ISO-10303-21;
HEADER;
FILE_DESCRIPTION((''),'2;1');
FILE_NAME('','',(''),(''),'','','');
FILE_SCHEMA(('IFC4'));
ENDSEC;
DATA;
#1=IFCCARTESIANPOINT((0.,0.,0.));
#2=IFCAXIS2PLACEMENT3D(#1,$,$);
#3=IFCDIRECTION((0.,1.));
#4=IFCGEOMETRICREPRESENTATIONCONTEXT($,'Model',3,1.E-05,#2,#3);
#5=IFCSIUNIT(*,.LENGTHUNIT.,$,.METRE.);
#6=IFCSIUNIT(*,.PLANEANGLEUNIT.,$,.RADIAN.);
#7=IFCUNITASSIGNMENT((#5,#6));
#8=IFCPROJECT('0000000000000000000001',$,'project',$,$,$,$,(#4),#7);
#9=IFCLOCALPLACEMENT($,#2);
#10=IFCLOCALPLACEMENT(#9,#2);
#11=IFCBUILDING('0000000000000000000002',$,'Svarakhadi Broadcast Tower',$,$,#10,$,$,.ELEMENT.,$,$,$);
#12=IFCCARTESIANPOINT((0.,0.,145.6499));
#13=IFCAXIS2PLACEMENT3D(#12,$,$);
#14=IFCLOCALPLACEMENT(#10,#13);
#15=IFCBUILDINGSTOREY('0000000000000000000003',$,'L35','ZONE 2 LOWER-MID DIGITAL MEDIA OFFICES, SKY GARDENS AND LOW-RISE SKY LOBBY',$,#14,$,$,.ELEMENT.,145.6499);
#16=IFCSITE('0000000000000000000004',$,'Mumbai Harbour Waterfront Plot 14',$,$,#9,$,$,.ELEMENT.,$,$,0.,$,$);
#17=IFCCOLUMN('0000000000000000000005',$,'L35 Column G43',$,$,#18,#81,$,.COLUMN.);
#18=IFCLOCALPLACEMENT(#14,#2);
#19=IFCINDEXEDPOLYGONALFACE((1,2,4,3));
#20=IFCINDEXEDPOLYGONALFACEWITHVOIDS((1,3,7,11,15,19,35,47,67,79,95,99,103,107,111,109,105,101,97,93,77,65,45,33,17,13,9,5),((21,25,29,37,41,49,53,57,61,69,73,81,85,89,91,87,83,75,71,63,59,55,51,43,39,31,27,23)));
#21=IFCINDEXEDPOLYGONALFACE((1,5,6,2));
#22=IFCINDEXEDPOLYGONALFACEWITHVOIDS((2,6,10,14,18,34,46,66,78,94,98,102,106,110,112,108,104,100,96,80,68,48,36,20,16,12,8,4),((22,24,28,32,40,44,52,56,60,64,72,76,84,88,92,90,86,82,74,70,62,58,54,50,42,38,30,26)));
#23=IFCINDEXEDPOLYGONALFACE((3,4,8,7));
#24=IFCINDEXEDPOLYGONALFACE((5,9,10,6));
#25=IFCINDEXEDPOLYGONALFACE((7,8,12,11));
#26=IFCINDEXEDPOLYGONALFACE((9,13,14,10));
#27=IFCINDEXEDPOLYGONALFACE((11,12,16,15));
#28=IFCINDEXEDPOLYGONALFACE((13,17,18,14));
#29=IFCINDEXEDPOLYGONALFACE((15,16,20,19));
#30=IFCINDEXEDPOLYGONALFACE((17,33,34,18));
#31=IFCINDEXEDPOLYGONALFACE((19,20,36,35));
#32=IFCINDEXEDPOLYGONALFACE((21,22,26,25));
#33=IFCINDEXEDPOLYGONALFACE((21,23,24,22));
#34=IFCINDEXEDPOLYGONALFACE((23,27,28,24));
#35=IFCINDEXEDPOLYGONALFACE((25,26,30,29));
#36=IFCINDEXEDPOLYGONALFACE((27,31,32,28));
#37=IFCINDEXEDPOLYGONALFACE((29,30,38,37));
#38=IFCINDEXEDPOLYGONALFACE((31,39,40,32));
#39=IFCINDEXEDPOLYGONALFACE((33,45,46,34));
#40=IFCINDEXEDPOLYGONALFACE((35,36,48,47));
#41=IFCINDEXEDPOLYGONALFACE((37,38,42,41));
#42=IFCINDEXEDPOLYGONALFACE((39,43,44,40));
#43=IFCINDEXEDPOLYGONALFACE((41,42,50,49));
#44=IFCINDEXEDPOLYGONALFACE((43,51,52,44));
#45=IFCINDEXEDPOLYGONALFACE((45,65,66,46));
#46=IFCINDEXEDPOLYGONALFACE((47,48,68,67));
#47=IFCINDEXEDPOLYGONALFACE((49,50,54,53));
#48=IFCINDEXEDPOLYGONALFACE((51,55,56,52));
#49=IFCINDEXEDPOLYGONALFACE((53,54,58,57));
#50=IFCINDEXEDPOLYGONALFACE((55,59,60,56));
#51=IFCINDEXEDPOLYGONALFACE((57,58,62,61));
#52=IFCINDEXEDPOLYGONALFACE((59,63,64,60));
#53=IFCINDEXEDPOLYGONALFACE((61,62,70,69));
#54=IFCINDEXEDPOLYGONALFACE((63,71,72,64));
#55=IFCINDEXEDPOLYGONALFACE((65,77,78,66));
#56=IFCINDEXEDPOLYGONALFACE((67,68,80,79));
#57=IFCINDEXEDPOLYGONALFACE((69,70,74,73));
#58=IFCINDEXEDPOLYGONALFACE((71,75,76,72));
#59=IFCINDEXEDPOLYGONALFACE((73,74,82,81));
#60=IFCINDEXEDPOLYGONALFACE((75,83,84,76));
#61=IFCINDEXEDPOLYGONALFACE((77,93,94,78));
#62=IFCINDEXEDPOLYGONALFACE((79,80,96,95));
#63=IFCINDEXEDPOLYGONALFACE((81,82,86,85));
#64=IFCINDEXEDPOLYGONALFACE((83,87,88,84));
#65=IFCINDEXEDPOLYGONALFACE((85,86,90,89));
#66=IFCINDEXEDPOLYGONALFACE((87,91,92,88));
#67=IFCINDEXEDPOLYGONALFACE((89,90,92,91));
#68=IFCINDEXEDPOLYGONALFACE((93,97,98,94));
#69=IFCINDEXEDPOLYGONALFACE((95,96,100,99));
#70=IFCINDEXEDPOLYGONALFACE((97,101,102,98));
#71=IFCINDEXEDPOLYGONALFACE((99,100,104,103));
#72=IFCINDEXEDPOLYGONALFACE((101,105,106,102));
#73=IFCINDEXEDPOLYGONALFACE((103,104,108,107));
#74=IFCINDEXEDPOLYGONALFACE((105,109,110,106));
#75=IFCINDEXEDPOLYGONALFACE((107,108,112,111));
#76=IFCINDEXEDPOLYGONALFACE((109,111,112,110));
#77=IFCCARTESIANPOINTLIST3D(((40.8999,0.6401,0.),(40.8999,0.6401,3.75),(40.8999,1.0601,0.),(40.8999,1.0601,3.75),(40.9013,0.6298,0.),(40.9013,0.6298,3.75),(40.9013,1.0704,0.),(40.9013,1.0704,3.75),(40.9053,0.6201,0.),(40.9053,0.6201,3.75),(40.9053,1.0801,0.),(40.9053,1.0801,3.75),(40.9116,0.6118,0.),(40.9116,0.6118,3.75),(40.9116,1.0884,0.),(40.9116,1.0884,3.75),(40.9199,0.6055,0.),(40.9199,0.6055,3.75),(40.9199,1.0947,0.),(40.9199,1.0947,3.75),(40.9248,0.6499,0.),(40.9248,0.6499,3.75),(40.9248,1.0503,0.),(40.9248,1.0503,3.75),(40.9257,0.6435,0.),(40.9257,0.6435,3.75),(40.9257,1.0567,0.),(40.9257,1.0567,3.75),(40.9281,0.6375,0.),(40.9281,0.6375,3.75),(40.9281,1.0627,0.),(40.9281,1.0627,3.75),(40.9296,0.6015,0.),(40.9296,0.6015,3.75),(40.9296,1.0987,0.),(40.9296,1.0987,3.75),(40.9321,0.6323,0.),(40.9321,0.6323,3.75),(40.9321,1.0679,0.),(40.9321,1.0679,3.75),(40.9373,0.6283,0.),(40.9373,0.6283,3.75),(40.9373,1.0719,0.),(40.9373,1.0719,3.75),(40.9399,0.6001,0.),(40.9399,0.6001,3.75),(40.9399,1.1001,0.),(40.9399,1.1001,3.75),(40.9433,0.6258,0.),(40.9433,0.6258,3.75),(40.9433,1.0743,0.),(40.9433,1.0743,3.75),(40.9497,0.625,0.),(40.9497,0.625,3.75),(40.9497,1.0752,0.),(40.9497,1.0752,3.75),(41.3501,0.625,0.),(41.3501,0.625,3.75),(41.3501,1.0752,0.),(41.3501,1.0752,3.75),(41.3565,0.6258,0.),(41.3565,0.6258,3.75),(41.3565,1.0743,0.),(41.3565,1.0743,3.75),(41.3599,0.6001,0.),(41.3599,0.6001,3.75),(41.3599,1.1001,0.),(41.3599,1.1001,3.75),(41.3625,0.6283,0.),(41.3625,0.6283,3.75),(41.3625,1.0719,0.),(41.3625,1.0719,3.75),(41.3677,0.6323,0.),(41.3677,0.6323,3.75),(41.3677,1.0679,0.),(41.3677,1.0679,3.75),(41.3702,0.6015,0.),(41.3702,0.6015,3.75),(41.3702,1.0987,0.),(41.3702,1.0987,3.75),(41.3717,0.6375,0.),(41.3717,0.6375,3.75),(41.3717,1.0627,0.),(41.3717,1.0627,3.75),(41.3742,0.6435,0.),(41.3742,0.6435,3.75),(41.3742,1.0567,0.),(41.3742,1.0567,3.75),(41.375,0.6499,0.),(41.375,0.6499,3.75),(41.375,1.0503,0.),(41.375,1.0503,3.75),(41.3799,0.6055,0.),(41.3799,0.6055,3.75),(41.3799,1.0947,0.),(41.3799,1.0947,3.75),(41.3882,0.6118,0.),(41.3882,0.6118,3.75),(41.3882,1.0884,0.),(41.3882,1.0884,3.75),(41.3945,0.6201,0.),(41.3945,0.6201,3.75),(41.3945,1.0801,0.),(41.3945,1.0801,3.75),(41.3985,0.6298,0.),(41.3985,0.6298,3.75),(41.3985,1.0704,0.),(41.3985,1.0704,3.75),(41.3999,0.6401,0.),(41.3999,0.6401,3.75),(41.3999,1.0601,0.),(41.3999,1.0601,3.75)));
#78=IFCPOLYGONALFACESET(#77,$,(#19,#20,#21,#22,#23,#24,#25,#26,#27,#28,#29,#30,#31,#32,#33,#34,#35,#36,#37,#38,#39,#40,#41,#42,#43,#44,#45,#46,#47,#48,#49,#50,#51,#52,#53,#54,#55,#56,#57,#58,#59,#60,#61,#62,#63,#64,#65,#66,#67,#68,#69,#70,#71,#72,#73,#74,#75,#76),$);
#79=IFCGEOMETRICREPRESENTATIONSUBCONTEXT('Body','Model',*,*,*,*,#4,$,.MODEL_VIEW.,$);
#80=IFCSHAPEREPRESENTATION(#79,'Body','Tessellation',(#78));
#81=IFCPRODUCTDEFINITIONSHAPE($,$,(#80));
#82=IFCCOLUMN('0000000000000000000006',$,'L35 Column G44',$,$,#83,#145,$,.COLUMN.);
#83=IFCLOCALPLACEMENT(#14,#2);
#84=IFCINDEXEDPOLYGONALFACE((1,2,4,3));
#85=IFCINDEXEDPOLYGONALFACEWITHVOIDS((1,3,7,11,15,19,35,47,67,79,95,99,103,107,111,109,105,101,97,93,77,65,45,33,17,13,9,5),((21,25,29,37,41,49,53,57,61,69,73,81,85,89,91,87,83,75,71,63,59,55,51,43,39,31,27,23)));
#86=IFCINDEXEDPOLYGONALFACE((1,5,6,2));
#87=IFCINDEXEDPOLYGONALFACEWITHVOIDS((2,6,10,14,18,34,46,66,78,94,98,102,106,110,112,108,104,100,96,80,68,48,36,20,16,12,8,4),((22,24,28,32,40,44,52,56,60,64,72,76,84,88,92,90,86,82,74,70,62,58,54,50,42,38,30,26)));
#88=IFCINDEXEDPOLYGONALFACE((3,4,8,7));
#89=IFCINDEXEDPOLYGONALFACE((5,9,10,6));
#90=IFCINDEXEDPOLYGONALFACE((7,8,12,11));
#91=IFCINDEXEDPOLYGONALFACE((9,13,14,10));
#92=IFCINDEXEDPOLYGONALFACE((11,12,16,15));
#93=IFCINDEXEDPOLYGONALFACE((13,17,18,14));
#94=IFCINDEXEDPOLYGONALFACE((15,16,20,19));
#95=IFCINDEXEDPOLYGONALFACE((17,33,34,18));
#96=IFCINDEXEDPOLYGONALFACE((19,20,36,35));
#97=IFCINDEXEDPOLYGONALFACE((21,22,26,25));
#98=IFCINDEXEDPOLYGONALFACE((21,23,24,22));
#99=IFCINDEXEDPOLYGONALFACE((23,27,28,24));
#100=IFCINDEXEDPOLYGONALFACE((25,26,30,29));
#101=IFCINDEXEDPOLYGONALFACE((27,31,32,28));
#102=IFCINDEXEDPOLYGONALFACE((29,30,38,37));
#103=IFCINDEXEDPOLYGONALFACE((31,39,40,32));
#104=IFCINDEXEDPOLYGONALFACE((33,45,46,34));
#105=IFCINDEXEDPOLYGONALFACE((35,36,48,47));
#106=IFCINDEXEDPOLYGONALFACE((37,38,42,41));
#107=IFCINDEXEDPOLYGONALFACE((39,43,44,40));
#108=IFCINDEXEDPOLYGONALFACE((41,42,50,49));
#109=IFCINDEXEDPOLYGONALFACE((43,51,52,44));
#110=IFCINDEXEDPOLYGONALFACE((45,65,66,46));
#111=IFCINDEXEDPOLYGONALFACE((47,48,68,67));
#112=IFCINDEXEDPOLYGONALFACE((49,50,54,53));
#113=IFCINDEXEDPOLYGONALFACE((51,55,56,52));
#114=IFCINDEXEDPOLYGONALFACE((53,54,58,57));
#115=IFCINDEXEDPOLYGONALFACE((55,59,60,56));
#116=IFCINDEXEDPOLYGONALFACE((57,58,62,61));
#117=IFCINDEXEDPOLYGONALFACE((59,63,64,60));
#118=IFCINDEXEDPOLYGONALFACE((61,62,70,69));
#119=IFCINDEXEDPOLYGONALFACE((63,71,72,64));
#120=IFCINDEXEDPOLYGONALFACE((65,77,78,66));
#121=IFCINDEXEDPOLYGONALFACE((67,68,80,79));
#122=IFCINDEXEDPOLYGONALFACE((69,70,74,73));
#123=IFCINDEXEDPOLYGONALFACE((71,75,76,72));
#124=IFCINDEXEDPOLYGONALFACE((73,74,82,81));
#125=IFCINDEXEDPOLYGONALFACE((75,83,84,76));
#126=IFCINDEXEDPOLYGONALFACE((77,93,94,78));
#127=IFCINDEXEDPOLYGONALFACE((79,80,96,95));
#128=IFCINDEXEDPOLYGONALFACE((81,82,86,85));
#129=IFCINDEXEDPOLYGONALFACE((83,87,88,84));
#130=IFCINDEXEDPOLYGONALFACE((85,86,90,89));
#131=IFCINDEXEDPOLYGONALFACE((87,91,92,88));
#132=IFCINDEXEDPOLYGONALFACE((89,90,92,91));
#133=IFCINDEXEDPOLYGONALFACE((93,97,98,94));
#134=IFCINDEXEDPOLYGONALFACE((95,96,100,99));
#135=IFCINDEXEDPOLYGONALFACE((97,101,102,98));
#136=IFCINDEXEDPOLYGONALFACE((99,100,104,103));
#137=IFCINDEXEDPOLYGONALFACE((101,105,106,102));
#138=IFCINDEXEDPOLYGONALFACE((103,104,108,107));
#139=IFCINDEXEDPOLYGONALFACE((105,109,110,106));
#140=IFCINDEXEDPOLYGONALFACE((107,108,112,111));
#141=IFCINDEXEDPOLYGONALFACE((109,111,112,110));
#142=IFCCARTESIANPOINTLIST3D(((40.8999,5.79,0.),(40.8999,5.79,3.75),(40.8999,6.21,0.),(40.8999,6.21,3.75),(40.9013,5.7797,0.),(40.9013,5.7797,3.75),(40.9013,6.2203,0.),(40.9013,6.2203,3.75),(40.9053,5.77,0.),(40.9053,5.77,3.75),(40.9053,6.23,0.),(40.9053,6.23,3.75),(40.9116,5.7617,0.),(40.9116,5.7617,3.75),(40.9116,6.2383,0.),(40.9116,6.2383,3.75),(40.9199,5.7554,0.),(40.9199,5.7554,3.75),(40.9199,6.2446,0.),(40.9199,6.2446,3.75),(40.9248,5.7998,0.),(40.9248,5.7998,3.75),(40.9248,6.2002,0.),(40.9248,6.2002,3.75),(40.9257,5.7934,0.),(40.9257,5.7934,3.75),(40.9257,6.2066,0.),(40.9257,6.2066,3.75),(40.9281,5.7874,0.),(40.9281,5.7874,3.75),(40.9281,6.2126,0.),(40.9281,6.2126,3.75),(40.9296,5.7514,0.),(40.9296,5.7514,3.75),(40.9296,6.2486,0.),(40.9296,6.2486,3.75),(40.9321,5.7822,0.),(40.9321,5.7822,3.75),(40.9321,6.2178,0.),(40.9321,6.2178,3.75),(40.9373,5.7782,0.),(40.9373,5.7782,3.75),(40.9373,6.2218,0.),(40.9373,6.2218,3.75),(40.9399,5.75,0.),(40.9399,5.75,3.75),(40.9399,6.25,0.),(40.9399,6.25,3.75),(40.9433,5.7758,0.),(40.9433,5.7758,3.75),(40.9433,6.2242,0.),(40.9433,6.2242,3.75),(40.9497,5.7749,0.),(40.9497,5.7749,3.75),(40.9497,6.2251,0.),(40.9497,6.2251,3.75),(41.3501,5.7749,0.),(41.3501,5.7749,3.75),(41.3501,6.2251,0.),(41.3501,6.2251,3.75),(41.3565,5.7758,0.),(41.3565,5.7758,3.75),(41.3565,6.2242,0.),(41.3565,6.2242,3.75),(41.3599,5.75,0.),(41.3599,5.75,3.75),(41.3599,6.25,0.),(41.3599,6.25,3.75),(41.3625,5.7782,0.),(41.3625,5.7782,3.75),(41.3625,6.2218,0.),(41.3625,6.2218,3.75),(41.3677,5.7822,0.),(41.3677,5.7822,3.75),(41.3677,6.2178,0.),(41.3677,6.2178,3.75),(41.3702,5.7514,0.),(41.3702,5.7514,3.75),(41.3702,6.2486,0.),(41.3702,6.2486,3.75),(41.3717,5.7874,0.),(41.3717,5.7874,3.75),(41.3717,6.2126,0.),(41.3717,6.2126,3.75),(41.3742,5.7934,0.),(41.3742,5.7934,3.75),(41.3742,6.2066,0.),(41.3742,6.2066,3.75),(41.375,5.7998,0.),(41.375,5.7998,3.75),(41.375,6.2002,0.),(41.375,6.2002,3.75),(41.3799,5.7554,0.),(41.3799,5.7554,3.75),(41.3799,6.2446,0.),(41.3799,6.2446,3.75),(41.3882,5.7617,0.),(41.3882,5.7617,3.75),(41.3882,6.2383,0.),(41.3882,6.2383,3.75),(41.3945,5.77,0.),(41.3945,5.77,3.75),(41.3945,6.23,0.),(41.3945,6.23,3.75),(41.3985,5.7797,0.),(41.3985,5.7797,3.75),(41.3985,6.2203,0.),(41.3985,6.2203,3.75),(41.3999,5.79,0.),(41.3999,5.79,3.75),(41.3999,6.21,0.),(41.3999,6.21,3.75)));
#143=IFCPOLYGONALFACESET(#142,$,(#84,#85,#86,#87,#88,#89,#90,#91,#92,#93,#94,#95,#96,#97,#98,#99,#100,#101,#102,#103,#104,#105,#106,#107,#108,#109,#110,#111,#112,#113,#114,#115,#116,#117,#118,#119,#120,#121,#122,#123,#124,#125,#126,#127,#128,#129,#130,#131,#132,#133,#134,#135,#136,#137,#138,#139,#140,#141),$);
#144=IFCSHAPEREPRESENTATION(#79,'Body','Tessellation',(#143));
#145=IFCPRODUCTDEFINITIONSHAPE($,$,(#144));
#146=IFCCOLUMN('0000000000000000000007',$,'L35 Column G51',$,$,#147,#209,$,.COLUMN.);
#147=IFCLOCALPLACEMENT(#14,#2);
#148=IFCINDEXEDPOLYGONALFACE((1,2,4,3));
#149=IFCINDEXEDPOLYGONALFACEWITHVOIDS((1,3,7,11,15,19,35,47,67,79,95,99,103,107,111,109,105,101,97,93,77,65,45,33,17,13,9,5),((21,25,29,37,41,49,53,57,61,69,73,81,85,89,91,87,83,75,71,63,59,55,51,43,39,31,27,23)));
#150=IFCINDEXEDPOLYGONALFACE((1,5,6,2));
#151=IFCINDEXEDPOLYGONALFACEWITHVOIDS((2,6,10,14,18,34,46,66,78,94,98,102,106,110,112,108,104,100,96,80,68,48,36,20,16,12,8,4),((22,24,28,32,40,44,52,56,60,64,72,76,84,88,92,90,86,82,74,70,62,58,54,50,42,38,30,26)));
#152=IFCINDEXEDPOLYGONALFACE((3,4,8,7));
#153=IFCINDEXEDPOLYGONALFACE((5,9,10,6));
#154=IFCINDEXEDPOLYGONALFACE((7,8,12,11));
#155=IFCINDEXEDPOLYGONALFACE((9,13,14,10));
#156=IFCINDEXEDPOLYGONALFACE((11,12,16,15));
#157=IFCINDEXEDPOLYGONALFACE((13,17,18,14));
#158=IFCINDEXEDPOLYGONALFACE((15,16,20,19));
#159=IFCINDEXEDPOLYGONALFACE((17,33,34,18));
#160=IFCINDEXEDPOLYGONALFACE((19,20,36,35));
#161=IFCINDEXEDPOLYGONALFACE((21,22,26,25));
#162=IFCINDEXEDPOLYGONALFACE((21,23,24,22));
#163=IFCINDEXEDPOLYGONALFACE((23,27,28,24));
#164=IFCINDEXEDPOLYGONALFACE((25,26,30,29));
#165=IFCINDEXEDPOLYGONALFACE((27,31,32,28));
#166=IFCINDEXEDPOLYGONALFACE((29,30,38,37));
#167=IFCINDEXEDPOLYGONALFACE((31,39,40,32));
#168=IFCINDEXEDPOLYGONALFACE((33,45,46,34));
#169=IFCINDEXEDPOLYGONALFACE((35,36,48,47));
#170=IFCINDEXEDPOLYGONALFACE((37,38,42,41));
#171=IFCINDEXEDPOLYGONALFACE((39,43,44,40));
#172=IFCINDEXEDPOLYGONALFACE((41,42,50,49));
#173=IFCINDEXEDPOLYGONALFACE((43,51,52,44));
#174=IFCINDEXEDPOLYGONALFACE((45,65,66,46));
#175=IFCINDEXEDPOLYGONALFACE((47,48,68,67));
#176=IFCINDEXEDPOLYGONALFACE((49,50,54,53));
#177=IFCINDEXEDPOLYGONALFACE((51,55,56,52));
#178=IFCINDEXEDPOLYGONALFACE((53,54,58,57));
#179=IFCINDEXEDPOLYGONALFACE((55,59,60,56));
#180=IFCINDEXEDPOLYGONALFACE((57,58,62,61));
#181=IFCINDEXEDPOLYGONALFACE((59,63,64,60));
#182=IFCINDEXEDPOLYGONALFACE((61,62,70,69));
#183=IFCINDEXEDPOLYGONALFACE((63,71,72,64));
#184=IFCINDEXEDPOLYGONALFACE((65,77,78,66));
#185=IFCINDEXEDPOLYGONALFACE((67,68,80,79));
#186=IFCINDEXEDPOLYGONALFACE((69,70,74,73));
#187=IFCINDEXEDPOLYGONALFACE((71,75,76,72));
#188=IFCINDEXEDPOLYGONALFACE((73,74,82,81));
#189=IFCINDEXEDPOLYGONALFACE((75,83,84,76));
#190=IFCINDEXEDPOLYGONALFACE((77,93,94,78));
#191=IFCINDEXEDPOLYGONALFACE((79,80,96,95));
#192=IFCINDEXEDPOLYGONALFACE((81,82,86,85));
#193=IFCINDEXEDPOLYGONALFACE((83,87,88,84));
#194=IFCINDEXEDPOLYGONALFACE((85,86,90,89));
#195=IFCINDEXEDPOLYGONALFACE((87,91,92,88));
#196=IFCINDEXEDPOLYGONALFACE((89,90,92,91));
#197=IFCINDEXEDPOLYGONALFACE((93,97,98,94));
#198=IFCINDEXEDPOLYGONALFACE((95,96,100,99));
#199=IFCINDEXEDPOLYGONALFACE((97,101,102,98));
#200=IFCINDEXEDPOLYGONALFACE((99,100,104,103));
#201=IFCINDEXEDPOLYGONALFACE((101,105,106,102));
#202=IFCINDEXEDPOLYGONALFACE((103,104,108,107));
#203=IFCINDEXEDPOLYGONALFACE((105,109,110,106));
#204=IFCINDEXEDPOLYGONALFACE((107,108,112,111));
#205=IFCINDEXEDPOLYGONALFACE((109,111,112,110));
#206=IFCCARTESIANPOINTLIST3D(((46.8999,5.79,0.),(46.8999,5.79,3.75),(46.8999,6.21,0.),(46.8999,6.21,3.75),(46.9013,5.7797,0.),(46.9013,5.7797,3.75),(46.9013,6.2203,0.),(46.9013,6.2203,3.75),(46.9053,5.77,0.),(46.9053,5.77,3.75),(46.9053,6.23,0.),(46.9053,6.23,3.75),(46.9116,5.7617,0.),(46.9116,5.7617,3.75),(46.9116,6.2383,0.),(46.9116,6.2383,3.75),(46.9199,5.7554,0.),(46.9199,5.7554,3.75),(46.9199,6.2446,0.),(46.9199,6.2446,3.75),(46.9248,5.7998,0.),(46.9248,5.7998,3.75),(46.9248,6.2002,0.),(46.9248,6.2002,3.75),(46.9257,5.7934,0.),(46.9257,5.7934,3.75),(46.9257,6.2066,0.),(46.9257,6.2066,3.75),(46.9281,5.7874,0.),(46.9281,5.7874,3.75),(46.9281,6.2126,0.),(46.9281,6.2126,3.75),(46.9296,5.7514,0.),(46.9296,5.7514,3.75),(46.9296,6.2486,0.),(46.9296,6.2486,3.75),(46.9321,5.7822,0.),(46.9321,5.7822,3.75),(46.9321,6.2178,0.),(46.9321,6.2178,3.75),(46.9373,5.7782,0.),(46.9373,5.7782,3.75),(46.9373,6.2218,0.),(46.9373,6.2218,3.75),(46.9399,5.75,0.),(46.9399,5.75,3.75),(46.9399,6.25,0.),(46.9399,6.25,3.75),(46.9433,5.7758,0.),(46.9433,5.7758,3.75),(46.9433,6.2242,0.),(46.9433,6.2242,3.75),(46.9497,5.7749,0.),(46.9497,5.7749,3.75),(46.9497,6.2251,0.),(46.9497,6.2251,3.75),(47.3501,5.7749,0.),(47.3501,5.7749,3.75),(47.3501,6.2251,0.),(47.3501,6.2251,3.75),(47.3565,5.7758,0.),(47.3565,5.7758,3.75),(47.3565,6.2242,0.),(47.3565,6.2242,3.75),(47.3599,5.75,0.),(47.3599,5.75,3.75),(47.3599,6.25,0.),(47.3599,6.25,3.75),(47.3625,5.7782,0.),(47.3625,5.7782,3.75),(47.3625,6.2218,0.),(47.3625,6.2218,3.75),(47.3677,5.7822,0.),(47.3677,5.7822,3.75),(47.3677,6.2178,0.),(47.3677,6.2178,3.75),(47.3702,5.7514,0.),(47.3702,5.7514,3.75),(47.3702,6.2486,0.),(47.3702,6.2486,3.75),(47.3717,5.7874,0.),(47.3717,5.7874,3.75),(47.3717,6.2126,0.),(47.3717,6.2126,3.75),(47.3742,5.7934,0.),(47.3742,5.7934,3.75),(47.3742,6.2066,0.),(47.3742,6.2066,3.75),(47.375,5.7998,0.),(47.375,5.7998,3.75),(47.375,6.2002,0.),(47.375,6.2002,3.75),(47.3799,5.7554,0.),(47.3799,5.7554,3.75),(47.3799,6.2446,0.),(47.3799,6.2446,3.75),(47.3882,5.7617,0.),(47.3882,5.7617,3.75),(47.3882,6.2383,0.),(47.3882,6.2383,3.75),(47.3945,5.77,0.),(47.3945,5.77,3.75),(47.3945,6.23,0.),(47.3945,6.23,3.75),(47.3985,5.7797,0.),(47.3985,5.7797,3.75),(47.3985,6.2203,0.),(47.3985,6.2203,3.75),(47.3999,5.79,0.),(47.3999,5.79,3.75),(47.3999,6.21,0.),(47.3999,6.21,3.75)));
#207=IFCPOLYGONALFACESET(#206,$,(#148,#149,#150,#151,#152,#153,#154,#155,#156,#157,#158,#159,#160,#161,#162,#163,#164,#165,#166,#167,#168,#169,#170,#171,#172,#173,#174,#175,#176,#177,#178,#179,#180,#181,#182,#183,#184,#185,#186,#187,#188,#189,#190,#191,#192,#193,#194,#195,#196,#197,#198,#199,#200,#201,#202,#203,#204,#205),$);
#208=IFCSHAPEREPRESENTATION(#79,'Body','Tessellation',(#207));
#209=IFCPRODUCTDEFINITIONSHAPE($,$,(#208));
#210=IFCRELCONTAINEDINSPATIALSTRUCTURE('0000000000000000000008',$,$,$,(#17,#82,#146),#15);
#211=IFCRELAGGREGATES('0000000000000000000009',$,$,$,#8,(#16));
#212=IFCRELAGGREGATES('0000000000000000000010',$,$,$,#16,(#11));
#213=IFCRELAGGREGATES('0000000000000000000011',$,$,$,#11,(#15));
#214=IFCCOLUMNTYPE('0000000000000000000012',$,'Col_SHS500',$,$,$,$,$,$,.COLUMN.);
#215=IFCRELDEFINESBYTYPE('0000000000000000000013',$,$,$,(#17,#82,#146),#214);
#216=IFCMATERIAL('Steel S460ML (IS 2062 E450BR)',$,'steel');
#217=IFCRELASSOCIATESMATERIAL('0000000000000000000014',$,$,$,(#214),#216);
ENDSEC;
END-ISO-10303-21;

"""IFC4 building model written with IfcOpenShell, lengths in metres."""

from ifc_helpers import new_model, si_unit, direction, frame, origin, origin_2d, place, context, subcontext, project, spatial, hollow_rectangle, extrude, material, material_profile, profile_set, type_object, element, save


model = new_model("IFC4")

# Units and contexts
model_context = context("Model", 3, precision=1e-05, world=origin(), true_north=direction((0.0, 1.0)))
body_context = subcontext(model_context, "Body", "Model", "MODEL_VIEW")
ifc_project = project(units=[si_unit("LENGTHUNIT", "METRE"), si_unit("PLANEANGLEUNIT", "RADIAN")], contexts=[model_context])

# Site, building, storey
site_placement = place(None, origin())
site = spatial("IfcSite", under=ifc_project, at=site_placement, Name="Mumbai Harbour Waterfront Plot 14", CompositionType="ELEMENT", RefElevation=0.0)
building_placement = place(site_placement, origin())
building = spatial("IfcBuilding", under=site, at=building_placement, Name="Svarakhadi Broadcast Tower", CompositionType="ELEMENT")
storey_placement = place(building_placement, frame((0.0, 0.0, 145.6499)))
storey = spatial("IfcBuildingStorey", under=building, at=storey_placement, Name="L35", Description="ZONE 2 LOWER-MID DIGITAL MEDIA OFFICES, SKY GARDENS AND LOW-RISE SKY LOBBY", CompositionType="ELEMENT", Elevation=145.6499)

# Columns
ifc_material_1 = material(Name="Steel S460ML (IS 2062 E450BR)", Category="steel")
ifc_material_profile_1 = material_profile(ifc_material_1, hollow_rectangle(XDim=0.5, YDim=0.5, WallThickness=0.0249, InnerFilletRadius=0.0249, OuterFilletRadius=0.04, at=origin_2d()), Name="SHS 500x500x25")
ifc_profile_set_1 = profile_set([ifc_material_profile_1], Name="Steel S460ML (IS 2062 E450BR)")
column_type = type_object("IfcColumnType", Name="Col_SHS500", PredefinedType="COLUMN", material=ifc_profile_set_1)
for number, where, z_axis, x_axis, name in (
    (1, (41.1499, 0.8501, 0.0), (0.0, 0.0, 1.0), (1.0, 0.0, 0.0), "L35 Column G43"),
    (2, (41.1499, 6.0, 0.0), (0.0, 0.0, 1.0), (1.0, 0.0, 0.0), "L35 Column G44"),
    (3, (47.1499, 6.0, 0.0), (0.0, 0.0, 1.0), (1.0, 0.0, 0.0), "L35 Column G51"),
):
    element("IfcColumn", number, at=place(storey_placement, frame(where, z_axis=z_axis, x_axis=x_axis)), inside=storey, type_object=column_type, Name=name, PredefinedType="COLUMN", context=body_context, shape_type="SweptSolid", body=[
        extrude(hollow_rectangle(XDim=0.5, YDim=0.5, WallThickness=0.0249, InnerFilletRadius=0.0249, OuterFilletRadius=0.04, at=origin_2d()), origin(), (0.0, 0.0, 1.0), 3.75),
    ])

save(model, "model.ifc")
